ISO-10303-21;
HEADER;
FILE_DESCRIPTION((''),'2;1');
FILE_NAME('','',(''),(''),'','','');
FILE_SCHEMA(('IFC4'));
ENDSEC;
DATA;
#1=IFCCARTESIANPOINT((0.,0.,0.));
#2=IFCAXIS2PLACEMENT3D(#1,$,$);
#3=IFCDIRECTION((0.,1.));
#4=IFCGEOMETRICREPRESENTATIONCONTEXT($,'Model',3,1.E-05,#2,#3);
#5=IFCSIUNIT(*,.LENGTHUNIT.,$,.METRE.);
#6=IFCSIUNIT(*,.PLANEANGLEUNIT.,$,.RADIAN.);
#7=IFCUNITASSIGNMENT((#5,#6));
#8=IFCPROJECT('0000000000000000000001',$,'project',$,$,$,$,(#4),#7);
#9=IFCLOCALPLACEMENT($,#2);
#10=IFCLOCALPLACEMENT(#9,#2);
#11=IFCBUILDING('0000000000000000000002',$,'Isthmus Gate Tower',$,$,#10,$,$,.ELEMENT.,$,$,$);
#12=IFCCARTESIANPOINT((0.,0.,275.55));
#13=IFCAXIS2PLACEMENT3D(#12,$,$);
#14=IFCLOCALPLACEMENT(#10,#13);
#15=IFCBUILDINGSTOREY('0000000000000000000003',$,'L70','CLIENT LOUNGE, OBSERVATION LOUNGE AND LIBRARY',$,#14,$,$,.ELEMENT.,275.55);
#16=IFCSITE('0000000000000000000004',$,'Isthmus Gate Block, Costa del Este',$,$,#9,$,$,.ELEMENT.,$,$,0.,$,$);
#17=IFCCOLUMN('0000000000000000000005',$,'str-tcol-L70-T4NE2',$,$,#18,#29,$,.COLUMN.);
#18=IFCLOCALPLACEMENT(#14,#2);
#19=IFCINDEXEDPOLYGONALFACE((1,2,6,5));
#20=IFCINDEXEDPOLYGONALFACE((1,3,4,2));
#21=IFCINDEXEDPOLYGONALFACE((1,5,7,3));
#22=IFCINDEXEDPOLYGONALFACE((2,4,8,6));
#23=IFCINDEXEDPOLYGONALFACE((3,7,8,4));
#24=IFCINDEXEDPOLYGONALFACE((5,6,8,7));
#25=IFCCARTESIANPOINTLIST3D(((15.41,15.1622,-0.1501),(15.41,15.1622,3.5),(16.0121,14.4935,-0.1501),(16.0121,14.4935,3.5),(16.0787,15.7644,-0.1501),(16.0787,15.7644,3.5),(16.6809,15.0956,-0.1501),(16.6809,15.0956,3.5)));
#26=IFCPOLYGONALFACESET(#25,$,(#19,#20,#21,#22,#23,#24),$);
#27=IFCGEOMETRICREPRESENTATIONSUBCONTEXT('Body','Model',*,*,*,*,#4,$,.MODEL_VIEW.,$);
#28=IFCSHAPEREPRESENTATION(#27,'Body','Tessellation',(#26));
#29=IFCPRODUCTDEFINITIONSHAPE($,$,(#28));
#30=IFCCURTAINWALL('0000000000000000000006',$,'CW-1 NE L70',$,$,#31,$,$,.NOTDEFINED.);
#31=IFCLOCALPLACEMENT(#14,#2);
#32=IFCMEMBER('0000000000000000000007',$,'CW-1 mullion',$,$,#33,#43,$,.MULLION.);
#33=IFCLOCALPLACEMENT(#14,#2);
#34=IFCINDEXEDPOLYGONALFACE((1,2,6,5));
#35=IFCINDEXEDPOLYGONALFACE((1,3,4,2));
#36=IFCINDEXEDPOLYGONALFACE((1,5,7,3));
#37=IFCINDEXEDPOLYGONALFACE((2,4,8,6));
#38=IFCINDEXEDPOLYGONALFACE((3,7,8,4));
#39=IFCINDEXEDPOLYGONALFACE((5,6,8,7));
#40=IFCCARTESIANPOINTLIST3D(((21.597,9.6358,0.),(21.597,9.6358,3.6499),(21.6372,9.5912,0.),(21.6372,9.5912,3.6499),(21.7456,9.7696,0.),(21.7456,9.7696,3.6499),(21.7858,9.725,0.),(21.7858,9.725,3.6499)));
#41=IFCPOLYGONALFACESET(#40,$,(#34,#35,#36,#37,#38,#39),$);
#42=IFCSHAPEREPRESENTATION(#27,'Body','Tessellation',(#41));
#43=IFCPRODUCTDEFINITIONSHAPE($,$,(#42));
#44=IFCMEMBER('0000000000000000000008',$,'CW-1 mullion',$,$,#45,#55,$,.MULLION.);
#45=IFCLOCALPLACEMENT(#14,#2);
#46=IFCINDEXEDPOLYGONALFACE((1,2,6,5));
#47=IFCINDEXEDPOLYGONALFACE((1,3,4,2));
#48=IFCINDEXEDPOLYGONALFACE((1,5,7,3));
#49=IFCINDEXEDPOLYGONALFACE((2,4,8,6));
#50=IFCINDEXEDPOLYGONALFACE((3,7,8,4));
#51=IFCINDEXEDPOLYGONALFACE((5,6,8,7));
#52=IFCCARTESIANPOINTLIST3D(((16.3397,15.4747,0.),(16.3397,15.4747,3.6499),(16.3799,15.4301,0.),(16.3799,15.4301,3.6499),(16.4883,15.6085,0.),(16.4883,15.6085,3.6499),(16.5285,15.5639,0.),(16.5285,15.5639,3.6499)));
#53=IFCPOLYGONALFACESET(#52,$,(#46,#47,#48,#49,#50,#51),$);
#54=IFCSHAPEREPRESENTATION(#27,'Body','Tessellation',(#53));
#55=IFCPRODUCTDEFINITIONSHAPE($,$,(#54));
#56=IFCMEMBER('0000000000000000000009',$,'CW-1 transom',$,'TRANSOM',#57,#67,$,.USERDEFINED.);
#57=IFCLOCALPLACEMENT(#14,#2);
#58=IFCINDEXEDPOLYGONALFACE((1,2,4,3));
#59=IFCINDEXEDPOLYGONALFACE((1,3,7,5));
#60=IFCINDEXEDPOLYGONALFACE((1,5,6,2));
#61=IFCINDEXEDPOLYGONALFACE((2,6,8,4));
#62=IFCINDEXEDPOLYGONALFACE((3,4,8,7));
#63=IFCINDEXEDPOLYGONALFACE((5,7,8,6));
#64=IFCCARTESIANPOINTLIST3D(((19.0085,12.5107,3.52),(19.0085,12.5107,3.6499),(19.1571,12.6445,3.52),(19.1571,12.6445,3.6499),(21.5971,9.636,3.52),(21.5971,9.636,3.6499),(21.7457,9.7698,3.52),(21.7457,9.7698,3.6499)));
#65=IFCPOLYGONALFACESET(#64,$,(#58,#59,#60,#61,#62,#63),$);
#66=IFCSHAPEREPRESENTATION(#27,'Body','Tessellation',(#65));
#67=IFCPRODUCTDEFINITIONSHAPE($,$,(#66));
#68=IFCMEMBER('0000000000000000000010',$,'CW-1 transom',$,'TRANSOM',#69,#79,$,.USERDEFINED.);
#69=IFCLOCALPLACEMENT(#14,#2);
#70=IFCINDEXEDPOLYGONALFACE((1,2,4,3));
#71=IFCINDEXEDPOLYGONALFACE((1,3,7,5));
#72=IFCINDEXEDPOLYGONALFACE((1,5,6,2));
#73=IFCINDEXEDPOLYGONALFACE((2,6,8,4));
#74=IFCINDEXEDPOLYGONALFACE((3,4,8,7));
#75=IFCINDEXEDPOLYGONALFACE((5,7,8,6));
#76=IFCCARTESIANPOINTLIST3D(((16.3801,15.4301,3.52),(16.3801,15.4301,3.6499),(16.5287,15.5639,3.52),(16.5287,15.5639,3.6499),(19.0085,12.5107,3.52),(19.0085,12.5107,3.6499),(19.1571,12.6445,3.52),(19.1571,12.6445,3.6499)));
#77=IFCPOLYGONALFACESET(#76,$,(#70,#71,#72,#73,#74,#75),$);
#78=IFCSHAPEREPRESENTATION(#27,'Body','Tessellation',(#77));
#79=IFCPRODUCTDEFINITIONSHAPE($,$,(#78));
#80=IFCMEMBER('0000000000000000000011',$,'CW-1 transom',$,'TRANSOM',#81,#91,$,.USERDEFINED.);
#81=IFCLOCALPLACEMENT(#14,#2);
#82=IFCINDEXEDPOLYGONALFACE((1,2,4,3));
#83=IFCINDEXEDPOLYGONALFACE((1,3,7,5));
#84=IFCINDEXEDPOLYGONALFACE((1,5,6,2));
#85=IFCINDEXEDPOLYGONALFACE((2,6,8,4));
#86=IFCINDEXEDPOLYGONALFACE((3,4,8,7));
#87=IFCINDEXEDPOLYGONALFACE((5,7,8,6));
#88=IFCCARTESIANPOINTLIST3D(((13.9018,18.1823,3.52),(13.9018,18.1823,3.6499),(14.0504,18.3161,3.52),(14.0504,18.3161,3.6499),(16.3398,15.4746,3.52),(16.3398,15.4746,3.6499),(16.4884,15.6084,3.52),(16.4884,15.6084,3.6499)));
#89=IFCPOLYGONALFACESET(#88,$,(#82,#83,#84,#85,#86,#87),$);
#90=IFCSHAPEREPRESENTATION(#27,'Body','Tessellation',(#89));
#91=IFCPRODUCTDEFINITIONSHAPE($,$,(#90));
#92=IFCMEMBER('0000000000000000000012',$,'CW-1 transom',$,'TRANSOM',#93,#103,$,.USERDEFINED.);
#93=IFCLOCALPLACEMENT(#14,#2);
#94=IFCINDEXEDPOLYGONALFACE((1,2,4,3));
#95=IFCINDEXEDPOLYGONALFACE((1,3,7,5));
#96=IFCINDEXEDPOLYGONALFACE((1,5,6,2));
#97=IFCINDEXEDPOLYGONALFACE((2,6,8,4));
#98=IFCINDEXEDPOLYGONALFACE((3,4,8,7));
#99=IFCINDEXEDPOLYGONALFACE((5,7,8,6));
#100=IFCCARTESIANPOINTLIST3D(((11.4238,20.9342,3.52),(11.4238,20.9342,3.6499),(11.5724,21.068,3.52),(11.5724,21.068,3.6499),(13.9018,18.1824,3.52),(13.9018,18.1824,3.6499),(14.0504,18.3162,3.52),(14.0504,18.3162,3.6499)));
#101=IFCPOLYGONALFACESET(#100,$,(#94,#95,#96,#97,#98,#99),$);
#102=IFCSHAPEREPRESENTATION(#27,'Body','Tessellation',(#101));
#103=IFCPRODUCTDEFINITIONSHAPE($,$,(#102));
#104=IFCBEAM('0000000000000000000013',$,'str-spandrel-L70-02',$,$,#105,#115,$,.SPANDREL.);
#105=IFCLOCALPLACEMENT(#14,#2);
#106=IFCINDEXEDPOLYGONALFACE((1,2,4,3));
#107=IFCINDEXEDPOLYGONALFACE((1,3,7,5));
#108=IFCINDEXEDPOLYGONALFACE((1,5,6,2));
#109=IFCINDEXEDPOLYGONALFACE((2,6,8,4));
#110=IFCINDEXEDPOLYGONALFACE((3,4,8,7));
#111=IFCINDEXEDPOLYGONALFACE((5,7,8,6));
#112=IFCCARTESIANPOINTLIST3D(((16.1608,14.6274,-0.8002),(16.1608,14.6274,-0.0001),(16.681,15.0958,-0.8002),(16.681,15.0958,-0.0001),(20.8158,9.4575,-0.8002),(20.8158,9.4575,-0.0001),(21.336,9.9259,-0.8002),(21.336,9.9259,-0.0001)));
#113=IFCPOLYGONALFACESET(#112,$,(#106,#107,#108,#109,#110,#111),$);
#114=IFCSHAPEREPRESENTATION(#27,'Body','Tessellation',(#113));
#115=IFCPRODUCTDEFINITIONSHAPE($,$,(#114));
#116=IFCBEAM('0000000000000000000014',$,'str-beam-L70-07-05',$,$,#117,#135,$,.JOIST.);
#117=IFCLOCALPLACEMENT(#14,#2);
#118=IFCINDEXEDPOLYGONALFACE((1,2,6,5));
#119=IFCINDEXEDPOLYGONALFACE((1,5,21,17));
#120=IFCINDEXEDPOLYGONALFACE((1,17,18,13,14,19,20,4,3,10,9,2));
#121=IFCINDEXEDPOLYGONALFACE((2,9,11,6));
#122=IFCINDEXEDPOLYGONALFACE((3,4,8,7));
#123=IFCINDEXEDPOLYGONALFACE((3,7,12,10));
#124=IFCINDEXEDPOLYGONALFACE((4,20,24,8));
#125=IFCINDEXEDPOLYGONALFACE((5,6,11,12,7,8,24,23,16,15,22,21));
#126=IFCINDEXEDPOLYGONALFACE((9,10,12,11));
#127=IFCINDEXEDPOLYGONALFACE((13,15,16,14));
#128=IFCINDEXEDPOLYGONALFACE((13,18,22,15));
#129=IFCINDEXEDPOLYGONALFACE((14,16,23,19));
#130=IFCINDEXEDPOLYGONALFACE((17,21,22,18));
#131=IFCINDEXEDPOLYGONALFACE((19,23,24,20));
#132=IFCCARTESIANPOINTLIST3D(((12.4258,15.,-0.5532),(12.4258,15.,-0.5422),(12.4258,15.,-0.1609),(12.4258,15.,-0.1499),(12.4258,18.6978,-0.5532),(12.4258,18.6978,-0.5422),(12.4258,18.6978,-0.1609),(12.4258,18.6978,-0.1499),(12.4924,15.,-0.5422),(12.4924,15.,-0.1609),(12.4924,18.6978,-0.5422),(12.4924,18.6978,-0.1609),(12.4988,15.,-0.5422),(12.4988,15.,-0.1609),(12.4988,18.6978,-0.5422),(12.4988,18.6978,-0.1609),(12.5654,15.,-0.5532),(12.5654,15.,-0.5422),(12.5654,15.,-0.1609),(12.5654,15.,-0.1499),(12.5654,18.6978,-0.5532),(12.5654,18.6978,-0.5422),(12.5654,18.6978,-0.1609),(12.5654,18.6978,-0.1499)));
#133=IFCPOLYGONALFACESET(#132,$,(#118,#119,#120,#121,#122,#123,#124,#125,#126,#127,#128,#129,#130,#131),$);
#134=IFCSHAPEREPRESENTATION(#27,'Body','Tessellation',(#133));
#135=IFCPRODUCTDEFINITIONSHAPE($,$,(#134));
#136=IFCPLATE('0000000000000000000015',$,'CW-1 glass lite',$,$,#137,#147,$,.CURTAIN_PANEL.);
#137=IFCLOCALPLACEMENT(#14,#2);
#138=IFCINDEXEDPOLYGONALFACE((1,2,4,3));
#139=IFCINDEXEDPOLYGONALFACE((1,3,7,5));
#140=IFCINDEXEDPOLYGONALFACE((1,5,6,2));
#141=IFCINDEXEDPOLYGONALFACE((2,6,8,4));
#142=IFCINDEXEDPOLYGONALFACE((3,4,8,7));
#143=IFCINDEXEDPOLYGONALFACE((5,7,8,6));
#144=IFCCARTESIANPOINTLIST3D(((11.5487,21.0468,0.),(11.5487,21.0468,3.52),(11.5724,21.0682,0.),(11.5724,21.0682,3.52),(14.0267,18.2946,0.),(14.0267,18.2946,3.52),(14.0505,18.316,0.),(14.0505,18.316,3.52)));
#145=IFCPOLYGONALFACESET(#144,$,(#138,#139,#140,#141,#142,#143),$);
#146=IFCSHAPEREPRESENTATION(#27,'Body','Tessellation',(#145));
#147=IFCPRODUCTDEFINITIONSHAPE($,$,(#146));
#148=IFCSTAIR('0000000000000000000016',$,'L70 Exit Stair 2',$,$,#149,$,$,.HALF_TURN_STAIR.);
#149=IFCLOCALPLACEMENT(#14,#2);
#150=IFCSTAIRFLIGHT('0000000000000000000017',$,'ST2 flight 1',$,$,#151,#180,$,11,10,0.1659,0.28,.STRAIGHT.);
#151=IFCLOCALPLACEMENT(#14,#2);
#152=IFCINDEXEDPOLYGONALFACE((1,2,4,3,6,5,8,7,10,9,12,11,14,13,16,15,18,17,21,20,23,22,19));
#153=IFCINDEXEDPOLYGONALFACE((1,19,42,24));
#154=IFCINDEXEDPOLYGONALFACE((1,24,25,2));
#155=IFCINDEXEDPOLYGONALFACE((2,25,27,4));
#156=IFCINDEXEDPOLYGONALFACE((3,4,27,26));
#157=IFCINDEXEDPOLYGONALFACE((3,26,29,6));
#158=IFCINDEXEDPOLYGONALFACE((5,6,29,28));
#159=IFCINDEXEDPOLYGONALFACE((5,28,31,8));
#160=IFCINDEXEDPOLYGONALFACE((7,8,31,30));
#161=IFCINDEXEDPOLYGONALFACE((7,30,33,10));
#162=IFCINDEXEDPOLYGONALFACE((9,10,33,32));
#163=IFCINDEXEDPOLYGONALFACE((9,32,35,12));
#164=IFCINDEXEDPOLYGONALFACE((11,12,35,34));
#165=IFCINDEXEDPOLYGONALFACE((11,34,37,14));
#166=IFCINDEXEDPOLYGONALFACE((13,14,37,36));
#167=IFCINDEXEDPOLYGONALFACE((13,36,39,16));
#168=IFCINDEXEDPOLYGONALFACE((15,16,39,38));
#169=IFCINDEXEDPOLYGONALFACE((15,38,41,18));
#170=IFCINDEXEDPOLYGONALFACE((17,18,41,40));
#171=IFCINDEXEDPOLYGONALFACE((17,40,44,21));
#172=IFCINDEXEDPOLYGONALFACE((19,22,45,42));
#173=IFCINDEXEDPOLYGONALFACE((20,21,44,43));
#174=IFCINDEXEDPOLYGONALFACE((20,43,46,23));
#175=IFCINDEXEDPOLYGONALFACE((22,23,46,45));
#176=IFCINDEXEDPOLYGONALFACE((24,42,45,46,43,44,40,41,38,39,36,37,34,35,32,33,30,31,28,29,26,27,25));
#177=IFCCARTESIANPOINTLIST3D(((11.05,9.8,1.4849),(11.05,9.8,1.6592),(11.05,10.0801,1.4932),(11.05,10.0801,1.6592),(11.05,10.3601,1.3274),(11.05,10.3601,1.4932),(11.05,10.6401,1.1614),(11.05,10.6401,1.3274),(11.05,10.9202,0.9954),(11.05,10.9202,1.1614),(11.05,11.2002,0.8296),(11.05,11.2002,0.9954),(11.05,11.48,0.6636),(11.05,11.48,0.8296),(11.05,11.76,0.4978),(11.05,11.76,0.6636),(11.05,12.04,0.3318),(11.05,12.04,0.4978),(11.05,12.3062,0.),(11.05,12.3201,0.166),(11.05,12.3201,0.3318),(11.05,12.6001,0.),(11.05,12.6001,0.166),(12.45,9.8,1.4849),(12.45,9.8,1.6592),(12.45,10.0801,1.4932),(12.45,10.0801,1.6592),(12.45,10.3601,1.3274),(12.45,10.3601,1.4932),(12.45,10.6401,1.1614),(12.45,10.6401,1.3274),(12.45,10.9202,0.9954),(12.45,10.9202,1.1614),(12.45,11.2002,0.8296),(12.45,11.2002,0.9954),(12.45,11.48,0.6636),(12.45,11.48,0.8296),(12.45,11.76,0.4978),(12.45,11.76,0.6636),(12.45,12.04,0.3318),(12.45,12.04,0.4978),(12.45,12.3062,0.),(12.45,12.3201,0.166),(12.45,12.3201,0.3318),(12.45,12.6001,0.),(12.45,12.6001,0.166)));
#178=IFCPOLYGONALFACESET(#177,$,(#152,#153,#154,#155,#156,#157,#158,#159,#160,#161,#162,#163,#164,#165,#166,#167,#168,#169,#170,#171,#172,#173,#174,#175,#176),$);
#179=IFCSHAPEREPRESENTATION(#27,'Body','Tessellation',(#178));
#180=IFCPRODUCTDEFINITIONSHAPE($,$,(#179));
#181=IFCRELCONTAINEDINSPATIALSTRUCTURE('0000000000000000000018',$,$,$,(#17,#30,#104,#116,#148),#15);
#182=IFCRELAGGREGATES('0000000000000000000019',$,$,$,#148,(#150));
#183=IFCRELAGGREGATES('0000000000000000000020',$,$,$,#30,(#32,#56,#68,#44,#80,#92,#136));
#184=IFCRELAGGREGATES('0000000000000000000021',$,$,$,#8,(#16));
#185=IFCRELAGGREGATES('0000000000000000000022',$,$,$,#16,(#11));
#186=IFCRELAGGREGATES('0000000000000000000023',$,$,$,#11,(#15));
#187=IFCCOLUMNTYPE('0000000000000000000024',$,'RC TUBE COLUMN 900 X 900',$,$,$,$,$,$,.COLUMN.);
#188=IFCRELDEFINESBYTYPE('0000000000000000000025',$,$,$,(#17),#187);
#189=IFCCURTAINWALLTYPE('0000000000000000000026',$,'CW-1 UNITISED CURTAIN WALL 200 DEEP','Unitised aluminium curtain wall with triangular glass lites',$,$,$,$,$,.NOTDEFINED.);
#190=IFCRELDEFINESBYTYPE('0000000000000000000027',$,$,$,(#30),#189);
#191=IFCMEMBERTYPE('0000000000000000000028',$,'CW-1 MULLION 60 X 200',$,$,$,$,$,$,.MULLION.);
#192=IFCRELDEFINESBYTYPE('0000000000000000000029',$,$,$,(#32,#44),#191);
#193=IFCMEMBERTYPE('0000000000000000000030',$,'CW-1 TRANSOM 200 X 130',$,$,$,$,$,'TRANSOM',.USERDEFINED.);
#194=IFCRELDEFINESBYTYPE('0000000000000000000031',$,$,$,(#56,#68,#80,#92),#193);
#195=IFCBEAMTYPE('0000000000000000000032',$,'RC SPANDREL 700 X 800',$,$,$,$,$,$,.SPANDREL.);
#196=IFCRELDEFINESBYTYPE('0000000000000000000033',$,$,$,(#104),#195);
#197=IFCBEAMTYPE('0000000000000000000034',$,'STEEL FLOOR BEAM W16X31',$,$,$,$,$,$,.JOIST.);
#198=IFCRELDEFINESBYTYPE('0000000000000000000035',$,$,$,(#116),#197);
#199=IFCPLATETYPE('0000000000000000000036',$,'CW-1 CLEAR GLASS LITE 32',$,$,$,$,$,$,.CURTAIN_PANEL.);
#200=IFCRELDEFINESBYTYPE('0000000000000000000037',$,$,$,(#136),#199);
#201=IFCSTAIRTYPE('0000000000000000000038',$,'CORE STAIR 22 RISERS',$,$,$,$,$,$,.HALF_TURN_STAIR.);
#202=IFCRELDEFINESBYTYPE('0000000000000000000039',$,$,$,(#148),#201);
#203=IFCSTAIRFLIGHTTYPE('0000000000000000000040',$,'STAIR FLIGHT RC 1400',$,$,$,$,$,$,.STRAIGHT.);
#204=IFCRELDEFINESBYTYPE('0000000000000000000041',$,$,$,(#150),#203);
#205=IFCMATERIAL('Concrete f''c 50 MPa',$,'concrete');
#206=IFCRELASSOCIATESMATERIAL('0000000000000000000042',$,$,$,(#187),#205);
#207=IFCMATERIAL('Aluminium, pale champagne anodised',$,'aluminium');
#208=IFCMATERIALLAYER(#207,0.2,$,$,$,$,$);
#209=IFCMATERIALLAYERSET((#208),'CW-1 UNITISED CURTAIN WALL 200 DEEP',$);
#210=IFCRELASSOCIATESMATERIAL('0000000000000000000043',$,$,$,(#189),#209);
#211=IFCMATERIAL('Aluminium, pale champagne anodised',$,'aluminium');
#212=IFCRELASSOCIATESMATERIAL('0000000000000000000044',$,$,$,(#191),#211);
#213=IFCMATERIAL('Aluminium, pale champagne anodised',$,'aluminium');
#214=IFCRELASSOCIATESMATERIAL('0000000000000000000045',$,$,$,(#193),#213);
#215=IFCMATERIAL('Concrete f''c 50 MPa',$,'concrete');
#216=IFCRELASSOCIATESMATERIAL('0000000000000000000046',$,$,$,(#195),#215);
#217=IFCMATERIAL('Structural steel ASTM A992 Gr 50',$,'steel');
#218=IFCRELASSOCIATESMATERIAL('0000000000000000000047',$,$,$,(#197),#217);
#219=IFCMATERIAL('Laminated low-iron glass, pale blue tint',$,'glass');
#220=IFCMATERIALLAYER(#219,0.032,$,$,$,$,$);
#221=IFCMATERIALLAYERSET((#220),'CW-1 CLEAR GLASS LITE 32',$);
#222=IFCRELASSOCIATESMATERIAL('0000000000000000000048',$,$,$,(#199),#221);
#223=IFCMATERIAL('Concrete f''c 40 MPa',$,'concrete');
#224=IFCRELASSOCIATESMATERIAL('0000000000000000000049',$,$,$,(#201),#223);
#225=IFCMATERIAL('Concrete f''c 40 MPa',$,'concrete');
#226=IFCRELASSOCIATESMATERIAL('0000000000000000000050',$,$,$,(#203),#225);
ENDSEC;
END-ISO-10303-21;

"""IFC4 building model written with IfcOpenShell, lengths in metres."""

from ifc_helpers import new_model, si_unit, direction, frame, origin, origin_2d, place, context, subcontext, project, spatial, polyline, rectangle, i_section, outline, extrude, material, layer, layer_set, material_profile, profile_set, type_object, element, aggregate, save


model = new_model("IFC4")

# Units and contexts
model_context = context("Model", 3, precision=1e-05, world=origin(), true_north=direction((0.0, 1.0)))
body_context = subcontext(model_context, "Body", "Model", "MODEL_VIEW")
ifc_project = project(units=[si_unit("LENGTHUNIT", "METRE"), si_unit("PLANEANGLEUNIT", "RADIAN")], contexts=[model_context])

# Site, building, storey
site_placement = place(None, origin())
site = spatial("IfcSite", under=ifc_project, at=site_placement, Name="Isthmus Gate Block, Costa del Este", CompositionType="ELEMENT", RefElevation=0.0)
building_placement = place(site_placement, origin())
building = spatial("IfcBuilding", under=site, at=building_placement, Name="Isthmus Gate Tower", CompositionType="ELEMENT")
storey_placement = place(building_placement, frame((0.0, 0.0, 275.55)))
storey = spatial("IfcBuildingStorey", under=building, at=storey_placement, Name="L70", Description="CLIENT LOUNGE, OBSERVATION LOUNGE AND LIBRARY", CompositionType="ELEMENT", Elevation=275.55)

# Column
ifc_material_1 = material(Name="Concrete f'c 50 MPa", Category="concrete")
ifc_material_profile_1 = material_profile(ifc_material_1, rectangle(XDim=0.8999, YDim=0.8999, at=origin_2d()), Name="RC 900X900")
ifc_profile_set_1 = profile_set([ifc_material_profile_1], Name="Concrete f'c 50 MPa")
column_type = type_object("IfcColumnType", Name="RC TUBE COLUMN 900 X 900", PredefinedType="COLUMN", material=ifc_profile_set_1)
column_placement = place(storey_placement, frame((16.0454, 15.1289, -0.1501), z_axis=(0.0, 0.0, 1.0), x_axis=(-0.669131, 0.743145, 0.0)))
element("IfcColumn", 1, at=column_placement, inside=storey, type_object=column_type, Name="str-tcol-L70-T4NE2", PredefinedType="COLUMN", context=body_context, shape_type="SweptSolid", body=[
    extrude(rectangle(XDim=0.8999, YDim=0.8999, at=origin_2d()), origin(), (0.0, 0.0, 1.0), 3.6501),
])

# Curtain wall, members
ifc_material_2 = material(Name="Aluminium, pale champagne anodised", Category="aluminium")
ifc_layer_1 = layer(ifc_material_2, 0.2)
ifc_layer_set_1 = layer_set([ifc_layer_1], Name="CW-1 UNITISED CURTAIN WALL 200 DEEP")
curtain_wall_type = type_object("IfcCurtainWallType", Name="CW-1 UNITISED CURTAIN WALL 200 DEEP", Description="Unitised aluminium curtain wall with triangular glass lites", PredefinedType="NOTDEFINED", material=ifc_layer_set_1)
curtain_wall_placement = place(storey_placement, origin())
curtain_wall = element("IfcCurtainWall", 2, at=curtain_wall_placement, inside=storey, type_object=curtain_wall_type, Name="CW-1 NE L70", PredefinedType="NOTDEFINED")
ifc_material_3 = material(Name="Aluminium, pale champagne anodised", Category="aluminium")
ifc_material_profile_2 = material_profile(ifc_material_3, rectangle(XDim=0.0601, YDim=0.2, at=origin_2d()), Name="60x200")
ifc_profile_set_2 = profile_set([ifc_material_profile_2], Name="Aluminium, pale champagne anodised")
member_type_1 = type_object("IfcMemberType", Name="CW-1 MULLION 60 X 200", PredefinedType="MULLION", material=ifc_profile_set_2)
member_1_placement = place(storey_placement, frame((21.6914, 9.6804, 0.0), z_axis=(0.0, 0.0, 1.0), x_axis=(-0.669131, 0.743145, 0.0)))
member_1 = element("IfcMember", 3, at=member_1_placement, type_object=member_type_1, Name="CW-1 mullion", PredefinedType="MULLION", context=body_context, shape_type="SweptSolid", body=[
    extrude(rectangle(XDim=0.0601, YDim=0.2, at=origin_2d()), origin(), (0.0, 0.0, 1.0), 3.6499),
])
member_2_placement = place(storey_placement, frame((16.4341, 15.5193, 0.0), z_axis=(0.0, 0.0, 1.0), x_axis=(-0.669131, 0.743145, 0.0)))
member_2 = element("IfcMember", 4, at=member_2_placement, type_object=member_type_1, Name="CW-1 mullion", PredefinedType="MULLION", context=body_context, shape_type="SweptSolid", body=[
    extrude(rectangle(XDim=0.0601, YDim=0.2, at=origin_2d()), origin(), (0.0, 0.0, 1.0), 3.6499),
])
ifc_material_4 = material(Name="Aluminium, pale champagne anodised", Category="aluminium")
ifc_material_profile_3 = material_profile(ifc_material_4, rectangle(XDim=0.2, YDim=0.1299, at=origin_2d()), Name="200x130")
ifc_profile_set_3 = profile_set([ifc_material_profile_3], Name="Aluminium, pale champagne anodised")
member_type_2 = type_object("IfcMemberType", Name="CW-1 TRANSOM 200 X 130", ElementType="TRANSOM", PredefinedType="USERDEFINED", material=ifc_profile_set_3)
member_3_placement = place(storey_placement, frame((21.6714, 9.7029, 3.585), z_axis=(-0.669156, 0.743122, 0.0), x_axis=(-0.743122, -0.669156, 0.0)))
member_3 = element("IfcMember", 5, at=member_3_placement, type_object=member_type_2, Name="CW-1 transom", ObjectType="TRANSOM", PredefinedType="USERDEFINED", context=body_context, shape_type="SweptSolid", body=[
    extrude(rectangle(XDim=0.2, YDim=0.1299, at=origin_2d()), origin(), (0.0, 0.0, 1.0), 3.8684),
])
member_4_placement = place(storey_placement, frame((19.0828, 12.5776, 3.585), z_axis=(-0.669095, 0.743177, 0.0), x_axis=(-0.743177, -0.669095, 0.0)))
member_4 = element("IfcMember", 6, at=member_4_placement, type_object=member_type_2, Name="CW-1 transom", ObjectType="TRANSOM", PredefinedType="USERDEFINED", context=body_context, shape_type="SweptSolid", body=[
    extrude(rectangle(XDim=0.2, YDim=0.1299, at=origin_2d()), origin(), (0.0, 0.0, 1.0), 3.9282),
])
member_5_placement = place(storey_placement, frame((16.4141, 15.5415, 3.585), z_axis=(-0.669116, 0.743158, 0.0), x_axis=(-0.743158, -0.669116, 0.0)))
member_5 = element("IfcMember", 7, at=member_5_placement, type_object=member_type_2, Name="CW-1 transom", ObjectType="TRANSOM", PredefinedType="USERDEFINED", context=body_context, shape_type="SweptSolid", body=[
    extrude(rectangle(XDim=0.2, YDim=0.1299, at=origin_2d()), origin(), (0.0, 0.0, 1.0), 3.6436),
])
member_6_placement = place(storey_placement, frame((13.9761, 18.2493, 3.585), z_axis=(-0.669154, 0.743124, 0.0), x_axis=(-0.743124, -0.669154, 0.0)))
member_6 = element("IfcMember", 8, at=member_6_placement, type_object=member_type_2, Name="CW-1 transom", ObjectType="TRANSOM", PredefinedType="USERDEFINED", context=body_context, shape_type="SweptSolid", body=[
    extrude(rectangle(XDim=0.2, YDim=0.1299, at=origin_2d()), origin(), (0.0, 0.0, 1.0), 3.7031),
])

# Beams
ifc_material_5 = material(Name="Concrete f'c 50 MPa", Category="concrete")
ifc_material_profile_4 = material_profile(ifc_material_5, rectangle(XDim=0.7, YDim=0.8, at=origin_2d()), Name="RC 700X800")
ifc_profile_set_4 = profile_set([ifc_material_profile_4], Name="Concrete f'c 50 MPa")
beam_type_1 = type_object("IfcBeamType", Name="RC SPANDREL 700 X 800", PredefinedType="SPANDREL", material=ifc_profile_set_4)
beam_1_placement = place(storey_placement, frame((16.4209, 14.8616, -0.4001), z_axis=(0.669131, -0.743144, 0.0), x_axis=(0.743144, 0.669131, 0.0)))
element("IfcBeam", 9, at=beam_1_placement, inside=storey, type_object=beam_type_1, Name="str-spandrel-L70-02", PredefinedType="SPANDREL", context=body_context, shape_type="SweptSolid", body=[
    extrude(rectangle(XDim=0.7, YDim=0.8, at=origin_2d()), origin(), (0.0, 0.0, 1.0), 6.9568),
])
ifc_material_6 = material(Name="Structural steel ASTM A992 Gr 50", Category="steel")
ifc_material_profile_5 = material_profile(ifc_material_6, i_section(OverallWidth=0.1396, OverallDepth=0.4033, WebThickness=0.0063, FlangeThickness=0.011, at=origin_2d()), Name="W16X31")
ifc_profile_set_5 = profile_set([ifc_material_profile_5], Name="Structural steel ASTM A992 Gr 50")
beam_type_2 = type_object("IfcBeamType", Name="STEEL FLOOR BEAM W16X31", PredefinedType="JOIST", material=ifc_profile_set_5)
beam_2_placement = place(storey_placement, frame((12.4956, 15.0, -0.3516), z_axis=(0.0, 1.0, 0.0), x_axis=(-1.0, 0.0, 0.0)))
element("IfcBeam", 10, at=beam_2_placement, inside=storey, type_object=beam_type_2, Name="str-beam-L70-07-05", PredefinedType="JOIST", context=body_context, shape_type="SweptSolid", body=[
    extrude(i_section(OverallWidth=0.1396, OverallDepth=0.4033, WebThickness=0.0063, FlangeThickness=0.011, at=origin_2d()), origin(), (0.0, 0.0, 1.0), 3.6978),
])

# Plate
ifc_material_7 = material(Name="Laminated low-iron glass, pale blue tint", Category="glass")
ifc_layer_2 = layer(ifc_material_7, 0.032)
ifc_layer_set_2 = layer_set([ifc_layer_2], Name="CW-1 CLEAR GLASS LITE 32")
plate_type = type_object("IfcPlateType", Name="CW-1 CLEAR GLASS LITE 32", PredefinedType="CURTAIN_PANEL", material=ifc_layer_set_2)
plate_placement = place(storey_placement, frame((12.7996, 19.6814, 0.0), z_axis=(0.0, 0.0, 1.0), x_axis=(-0.669131, 0.743145, 0.0)))
plate = element("IfcPlate", 11, at=plate_placement, type_object=plate_type, Name="CW-1 glass lite", PredefinedType="CURTAIN_PANEL", context=body_context, shape_type="SweptSolid", body=[
    extrude(rectangle(XDim=3.7034, YDim=0.032, at=origin_2d()), origin(), (0.0, 0.0, 1.0), 3.52),
])

# Stair, stair flight
ifc_material_8 = material(Name="Concrete f'c 40 MPa", Category="concrete")
stair_type = type_object("IfcStairType", Name="CORE STAIR 22 RISERS", PredefinedType="HALF_TURN_STAIR", material=ifc_material_8)
stair_placement = place(storey_placement, origin())
stair = element("IfcStair", 12, at=stair_placement, inside=storey, type_object=stair_type, Name="L70 Exit Stair 2", PredefinedType="HALF_TURN_STAIR")
ifc_material_9 = material(Name="Concrete f'c 40 MPa", Category="concrete")
stair_flight_type = type_object("IfcStairFlightType", Name="STAIR FLIGHT RC 1400", PredefinedType="STRAIGHT", material=ifc_material_9)
stair_flight_1_placement = place(storey_placement, frame((11.75, 12.6001, 0.0), z_axis=(0.0, 0.0, 1.0), x_axis=(0.0, -1.0, 0.0)))
stair_flight_1 = element("IfcStairFlight", 13, at=stair_flight_1_placement, type_object=stair_flight_type, Name="ST2 flight 1", NumberOfRisers=11, NumberOfTreads=10, PredefinedType="STRAIGHT", RiserHeight=0.1659, TreadLength=0.28, context=body_context, shape_type="SweptSolid", body=[
    extrude(outline(polyline([(0.0, 0.0), (0.0, 0.166), (0.28, 0.166), (0.28, 0.3318), (0.5601, 0.3318), (0.5601, 0.4978), (0.8401, 0.4978), (0.8401, 0.6636), (1.1201, 0.6636), (1.1201, 0.8296), (1.3999, 0.8296), (1.3999, 0.9954), (1.6799, 0.9954), (1.6799, 1.1614), (1.96, 1.1614), (1.96, 1.3274), (2.24, 1.3274), (2.24, 1.4932), (2.52, 1.4932), (2.52, 1.6592), (2.8, 1.6592), (2.8, 1.825), (2.8, 1.4849), (0.2939, 0.0), (0.0, 0.0)])), frame((0.0, 0.7, 0.0), z_axis=(0.0, -1.0, 0.0), x_axis=(1.0, 0.0, 0.0)), (0.0, 0.0, 1.0), 1.3999),
])
aggregate(stair, [stair_flight_1])

aggregate(curtain_wall, [member_1, member_3, member_4, member_2, member_5, member_6, plate])

save(model, "model.ifc")
